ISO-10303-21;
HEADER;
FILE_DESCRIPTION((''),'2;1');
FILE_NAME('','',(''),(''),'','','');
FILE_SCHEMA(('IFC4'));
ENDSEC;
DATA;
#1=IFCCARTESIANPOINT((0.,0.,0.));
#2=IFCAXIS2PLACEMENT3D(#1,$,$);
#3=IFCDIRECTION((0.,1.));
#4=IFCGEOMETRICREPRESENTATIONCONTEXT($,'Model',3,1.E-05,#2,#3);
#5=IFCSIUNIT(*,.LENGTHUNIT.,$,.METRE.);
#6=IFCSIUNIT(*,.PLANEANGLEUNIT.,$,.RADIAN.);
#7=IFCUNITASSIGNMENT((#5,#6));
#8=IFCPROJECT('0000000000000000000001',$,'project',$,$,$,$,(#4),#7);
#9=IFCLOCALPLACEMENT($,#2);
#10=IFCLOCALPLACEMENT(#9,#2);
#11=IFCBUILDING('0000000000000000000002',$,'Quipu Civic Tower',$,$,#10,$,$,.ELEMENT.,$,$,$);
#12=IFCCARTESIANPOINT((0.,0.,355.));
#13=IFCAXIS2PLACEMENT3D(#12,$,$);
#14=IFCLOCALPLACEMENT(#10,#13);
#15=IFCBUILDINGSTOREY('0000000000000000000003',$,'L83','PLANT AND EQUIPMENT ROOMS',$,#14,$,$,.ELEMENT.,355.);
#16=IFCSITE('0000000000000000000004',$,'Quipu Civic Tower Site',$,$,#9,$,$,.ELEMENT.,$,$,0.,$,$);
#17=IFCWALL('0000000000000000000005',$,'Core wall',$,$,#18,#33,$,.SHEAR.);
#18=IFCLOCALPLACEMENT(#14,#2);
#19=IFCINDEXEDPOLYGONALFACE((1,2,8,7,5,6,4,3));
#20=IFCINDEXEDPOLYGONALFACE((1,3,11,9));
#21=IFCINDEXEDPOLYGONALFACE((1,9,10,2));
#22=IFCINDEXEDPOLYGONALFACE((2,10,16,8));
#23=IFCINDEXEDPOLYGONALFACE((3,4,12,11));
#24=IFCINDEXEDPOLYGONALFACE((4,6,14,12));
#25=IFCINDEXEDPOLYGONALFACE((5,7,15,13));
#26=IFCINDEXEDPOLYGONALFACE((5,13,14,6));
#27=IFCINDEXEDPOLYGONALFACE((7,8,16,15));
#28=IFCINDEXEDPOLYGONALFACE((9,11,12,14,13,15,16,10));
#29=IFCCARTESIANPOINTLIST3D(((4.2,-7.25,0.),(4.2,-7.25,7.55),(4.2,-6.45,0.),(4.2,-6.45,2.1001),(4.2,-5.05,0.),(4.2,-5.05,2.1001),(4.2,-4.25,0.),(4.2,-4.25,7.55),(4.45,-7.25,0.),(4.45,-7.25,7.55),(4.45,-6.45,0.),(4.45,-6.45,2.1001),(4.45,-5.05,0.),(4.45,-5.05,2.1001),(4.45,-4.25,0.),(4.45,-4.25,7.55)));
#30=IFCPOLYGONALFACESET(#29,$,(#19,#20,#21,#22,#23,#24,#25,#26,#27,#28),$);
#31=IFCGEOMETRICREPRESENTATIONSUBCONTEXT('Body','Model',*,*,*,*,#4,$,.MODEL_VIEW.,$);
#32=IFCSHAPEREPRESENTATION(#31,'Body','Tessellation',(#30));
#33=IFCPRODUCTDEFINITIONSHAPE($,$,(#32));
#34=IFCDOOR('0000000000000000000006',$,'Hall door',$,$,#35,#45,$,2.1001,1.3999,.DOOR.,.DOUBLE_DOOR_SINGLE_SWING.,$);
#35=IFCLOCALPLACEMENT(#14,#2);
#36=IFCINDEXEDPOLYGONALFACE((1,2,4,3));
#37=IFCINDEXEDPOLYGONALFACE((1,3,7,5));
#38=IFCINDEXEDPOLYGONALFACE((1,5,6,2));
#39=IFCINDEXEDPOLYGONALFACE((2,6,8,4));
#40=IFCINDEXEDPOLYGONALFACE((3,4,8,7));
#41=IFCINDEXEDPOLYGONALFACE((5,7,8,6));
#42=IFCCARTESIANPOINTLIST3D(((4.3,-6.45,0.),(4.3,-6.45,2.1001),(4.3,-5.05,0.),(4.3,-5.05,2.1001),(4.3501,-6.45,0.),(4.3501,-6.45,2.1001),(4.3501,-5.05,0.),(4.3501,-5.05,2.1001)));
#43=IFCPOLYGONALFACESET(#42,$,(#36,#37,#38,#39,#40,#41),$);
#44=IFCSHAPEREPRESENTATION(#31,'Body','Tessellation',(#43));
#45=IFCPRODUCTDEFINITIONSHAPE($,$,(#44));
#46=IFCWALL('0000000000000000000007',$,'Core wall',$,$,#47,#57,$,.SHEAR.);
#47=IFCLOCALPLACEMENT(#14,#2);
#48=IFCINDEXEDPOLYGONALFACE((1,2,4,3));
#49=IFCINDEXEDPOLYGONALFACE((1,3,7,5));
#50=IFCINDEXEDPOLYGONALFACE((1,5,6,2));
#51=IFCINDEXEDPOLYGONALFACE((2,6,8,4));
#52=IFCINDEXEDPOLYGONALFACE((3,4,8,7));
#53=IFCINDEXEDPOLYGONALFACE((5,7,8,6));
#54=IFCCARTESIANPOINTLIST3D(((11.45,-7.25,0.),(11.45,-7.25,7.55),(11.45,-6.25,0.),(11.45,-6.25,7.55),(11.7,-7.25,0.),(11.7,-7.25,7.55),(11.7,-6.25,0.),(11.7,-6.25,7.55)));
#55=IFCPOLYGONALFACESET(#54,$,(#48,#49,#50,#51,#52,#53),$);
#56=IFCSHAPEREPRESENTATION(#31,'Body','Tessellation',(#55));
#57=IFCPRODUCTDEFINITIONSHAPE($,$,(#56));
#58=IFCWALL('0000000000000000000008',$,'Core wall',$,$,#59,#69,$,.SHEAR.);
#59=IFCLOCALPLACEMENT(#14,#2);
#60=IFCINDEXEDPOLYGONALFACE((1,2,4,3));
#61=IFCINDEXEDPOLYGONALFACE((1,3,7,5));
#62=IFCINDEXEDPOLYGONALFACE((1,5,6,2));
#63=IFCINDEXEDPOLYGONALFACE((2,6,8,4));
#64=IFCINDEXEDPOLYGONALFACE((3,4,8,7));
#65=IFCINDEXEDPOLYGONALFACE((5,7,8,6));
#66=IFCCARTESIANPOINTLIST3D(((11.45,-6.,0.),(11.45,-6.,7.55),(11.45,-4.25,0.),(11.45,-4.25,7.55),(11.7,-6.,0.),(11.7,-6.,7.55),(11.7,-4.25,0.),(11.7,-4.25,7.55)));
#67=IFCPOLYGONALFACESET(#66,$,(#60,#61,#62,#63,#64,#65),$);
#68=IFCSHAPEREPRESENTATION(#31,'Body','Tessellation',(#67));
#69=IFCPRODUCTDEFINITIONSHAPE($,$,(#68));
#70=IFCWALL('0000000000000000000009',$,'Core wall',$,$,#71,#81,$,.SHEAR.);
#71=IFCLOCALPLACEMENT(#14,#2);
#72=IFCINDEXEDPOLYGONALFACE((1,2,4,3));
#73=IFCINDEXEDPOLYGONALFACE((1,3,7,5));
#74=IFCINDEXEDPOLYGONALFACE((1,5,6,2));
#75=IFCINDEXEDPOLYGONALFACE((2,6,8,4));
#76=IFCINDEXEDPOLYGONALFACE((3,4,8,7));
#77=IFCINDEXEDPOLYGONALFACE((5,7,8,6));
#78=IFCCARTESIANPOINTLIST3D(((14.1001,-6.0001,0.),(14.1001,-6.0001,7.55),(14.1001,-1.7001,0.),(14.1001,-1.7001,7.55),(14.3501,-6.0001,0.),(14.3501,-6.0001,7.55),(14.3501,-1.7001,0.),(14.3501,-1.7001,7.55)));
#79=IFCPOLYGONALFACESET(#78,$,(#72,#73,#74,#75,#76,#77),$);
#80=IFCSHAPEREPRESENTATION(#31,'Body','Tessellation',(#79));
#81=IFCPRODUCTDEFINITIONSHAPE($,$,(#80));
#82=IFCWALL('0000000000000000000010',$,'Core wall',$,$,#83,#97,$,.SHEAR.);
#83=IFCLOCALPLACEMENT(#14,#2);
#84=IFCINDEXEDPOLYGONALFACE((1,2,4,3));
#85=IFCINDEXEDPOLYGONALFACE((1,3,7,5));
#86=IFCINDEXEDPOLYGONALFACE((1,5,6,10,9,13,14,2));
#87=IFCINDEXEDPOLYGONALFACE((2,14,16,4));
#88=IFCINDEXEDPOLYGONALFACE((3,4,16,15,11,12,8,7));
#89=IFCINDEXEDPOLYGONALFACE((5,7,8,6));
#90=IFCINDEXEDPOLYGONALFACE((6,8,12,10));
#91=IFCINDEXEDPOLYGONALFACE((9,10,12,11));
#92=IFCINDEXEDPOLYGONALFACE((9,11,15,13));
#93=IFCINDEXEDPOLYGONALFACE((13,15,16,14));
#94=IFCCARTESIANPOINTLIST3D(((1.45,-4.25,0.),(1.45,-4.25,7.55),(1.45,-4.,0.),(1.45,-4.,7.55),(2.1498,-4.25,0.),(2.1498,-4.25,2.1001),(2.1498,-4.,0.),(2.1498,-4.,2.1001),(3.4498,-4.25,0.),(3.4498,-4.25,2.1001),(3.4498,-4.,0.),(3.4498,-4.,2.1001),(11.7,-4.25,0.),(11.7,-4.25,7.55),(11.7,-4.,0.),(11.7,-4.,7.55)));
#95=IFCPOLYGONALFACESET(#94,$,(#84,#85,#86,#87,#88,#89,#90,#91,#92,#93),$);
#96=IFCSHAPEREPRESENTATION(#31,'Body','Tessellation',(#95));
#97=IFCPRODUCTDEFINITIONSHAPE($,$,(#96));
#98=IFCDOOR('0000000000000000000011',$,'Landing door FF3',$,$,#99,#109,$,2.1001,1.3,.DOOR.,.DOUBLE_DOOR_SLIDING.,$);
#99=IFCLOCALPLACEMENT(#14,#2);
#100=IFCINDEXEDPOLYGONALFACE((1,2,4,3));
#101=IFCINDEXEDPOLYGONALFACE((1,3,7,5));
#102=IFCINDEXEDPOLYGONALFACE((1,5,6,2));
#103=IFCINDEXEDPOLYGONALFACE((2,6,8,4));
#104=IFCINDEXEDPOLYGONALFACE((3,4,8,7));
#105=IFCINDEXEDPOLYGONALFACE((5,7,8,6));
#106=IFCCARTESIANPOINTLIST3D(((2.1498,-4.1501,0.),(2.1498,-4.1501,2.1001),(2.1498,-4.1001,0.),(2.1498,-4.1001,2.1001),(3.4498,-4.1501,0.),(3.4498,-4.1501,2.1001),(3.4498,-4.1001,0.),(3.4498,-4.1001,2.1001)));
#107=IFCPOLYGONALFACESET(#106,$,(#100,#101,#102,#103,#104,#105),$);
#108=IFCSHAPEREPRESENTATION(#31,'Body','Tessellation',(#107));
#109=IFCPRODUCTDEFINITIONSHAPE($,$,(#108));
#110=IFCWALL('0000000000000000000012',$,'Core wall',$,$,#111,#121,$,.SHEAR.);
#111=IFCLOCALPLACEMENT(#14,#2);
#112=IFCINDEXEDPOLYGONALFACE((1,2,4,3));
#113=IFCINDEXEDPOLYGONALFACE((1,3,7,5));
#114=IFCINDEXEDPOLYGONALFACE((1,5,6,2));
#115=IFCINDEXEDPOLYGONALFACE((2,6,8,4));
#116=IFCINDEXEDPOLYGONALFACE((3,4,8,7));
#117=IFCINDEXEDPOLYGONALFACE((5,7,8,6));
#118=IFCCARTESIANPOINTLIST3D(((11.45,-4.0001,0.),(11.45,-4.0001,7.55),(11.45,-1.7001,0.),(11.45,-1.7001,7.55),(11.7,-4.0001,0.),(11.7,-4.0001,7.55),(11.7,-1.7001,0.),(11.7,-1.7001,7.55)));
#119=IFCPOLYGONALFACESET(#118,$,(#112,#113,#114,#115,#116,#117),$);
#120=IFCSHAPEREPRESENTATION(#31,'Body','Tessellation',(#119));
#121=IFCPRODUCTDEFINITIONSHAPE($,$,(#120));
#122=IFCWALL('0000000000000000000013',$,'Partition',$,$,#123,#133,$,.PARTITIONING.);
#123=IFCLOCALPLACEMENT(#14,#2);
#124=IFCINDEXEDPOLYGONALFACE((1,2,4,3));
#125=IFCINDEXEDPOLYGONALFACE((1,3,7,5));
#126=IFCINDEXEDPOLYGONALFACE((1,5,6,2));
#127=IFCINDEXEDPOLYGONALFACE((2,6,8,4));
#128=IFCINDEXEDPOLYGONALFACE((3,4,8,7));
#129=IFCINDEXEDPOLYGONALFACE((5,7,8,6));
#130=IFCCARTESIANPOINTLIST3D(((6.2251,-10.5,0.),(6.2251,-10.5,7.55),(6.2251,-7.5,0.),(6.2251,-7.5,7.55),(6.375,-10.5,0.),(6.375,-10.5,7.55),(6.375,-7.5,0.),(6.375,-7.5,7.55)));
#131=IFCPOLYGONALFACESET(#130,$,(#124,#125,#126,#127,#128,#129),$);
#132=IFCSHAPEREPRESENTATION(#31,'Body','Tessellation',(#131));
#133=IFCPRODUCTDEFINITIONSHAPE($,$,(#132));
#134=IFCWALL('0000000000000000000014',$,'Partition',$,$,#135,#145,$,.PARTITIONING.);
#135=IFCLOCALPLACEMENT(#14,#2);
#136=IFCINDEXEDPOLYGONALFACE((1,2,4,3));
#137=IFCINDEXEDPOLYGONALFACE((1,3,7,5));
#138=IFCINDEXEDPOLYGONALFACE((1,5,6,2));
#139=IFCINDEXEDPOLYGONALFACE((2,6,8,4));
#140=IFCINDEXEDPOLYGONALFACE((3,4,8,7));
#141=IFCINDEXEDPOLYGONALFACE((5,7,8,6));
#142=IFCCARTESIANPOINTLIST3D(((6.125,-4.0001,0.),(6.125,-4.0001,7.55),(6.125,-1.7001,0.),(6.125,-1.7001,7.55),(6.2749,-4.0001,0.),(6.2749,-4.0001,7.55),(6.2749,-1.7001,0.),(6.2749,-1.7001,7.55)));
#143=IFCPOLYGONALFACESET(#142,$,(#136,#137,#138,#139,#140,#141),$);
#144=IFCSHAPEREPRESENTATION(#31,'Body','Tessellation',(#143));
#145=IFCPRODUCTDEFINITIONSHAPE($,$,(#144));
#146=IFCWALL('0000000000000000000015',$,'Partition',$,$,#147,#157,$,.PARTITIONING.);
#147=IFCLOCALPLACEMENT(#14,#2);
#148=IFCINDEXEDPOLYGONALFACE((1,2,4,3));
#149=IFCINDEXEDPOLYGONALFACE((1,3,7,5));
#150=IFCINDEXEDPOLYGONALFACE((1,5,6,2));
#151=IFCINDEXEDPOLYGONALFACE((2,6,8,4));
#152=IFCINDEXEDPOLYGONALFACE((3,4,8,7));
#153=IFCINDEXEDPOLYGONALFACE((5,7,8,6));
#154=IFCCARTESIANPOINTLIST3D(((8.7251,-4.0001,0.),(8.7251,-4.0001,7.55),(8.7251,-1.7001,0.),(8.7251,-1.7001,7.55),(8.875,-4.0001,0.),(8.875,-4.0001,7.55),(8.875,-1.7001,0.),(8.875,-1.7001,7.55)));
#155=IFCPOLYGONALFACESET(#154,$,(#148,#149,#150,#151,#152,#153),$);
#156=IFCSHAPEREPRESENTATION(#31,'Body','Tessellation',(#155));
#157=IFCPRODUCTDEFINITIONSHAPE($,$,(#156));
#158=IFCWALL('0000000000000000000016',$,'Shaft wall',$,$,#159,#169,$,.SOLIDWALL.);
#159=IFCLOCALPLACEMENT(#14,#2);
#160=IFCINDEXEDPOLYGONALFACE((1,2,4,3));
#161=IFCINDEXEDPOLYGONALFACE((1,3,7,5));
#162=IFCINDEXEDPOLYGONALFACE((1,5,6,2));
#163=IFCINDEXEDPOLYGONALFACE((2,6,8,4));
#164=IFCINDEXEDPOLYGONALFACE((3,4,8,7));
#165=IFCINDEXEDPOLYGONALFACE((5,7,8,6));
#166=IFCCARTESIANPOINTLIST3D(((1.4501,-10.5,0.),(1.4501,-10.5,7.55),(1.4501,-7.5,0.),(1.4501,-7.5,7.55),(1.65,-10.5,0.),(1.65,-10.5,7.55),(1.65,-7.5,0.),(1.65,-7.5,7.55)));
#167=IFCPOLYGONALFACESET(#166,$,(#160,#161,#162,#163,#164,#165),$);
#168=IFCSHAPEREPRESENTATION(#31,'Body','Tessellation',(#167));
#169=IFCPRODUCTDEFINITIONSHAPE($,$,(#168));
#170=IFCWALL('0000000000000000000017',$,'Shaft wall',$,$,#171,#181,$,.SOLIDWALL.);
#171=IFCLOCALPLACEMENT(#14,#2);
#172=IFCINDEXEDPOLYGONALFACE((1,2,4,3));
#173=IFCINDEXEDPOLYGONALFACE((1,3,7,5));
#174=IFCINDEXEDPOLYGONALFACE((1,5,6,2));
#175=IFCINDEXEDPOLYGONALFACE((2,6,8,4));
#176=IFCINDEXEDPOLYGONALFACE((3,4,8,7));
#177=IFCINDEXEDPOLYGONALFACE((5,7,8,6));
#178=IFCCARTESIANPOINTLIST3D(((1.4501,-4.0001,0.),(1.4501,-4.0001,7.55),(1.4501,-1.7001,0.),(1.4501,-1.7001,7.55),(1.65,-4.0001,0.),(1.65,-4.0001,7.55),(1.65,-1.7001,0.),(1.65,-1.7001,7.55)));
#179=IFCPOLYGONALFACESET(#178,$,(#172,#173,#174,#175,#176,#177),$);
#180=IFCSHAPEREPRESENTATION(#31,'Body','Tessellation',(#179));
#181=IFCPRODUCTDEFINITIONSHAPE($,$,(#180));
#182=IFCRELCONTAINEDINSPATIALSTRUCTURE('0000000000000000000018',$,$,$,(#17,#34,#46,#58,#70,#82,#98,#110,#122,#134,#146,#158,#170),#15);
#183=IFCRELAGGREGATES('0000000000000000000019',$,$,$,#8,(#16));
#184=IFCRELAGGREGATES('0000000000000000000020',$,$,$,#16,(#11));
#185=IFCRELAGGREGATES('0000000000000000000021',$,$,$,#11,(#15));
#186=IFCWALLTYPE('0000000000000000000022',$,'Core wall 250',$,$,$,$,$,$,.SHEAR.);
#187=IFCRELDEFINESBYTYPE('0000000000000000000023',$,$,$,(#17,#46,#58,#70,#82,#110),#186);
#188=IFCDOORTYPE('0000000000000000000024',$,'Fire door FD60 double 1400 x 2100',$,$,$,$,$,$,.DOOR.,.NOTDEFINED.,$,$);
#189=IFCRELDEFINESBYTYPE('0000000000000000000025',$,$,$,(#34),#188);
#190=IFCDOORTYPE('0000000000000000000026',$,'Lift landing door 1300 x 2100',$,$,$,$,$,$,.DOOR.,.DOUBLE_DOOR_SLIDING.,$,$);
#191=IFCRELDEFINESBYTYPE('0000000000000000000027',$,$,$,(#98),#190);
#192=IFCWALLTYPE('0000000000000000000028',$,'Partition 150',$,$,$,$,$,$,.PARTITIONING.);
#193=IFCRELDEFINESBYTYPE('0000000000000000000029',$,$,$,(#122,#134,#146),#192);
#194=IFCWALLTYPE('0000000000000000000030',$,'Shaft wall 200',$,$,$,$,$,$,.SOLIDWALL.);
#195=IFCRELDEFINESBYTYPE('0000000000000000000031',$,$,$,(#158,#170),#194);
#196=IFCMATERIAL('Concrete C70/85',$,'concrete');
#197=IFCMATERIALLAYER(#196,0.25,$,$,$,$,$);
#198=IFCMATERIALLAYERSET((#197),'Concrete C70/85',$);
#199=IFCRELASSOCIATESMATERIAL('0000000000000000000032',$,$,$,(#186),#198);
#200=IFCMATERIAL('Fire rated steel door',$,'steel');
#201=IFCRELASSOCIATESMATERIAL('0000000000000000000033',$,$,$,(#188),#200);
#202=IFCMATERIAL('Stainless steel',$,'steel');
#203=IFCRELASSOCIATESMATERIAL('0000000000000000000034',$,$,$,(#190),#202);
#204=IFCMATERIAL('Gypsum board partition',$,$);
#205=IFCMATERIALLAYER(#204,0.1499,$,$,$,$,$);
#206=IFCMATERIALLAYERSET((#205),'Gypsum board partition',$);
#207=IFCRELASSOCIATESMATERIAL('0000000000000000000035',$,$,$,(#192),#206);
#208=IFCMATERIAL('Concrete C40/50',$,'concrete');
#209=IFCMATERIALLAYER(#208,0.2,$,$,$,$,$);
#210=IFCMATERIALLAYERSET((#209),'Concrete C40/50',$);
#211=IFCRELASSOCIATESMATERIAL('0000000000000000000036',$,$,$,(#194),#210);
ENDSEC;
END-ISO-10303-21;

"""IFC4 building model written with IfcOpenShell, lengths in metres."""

from ifc_helpers import new_model, si_unit, direction, frame, frame_2d, origin, place, context, subcontext, project, spatial, rectangle, extrude, material, layer, layer_set, type_object, element, fill, save


model = new_model("IFC4")

# Units and contexts
model_context = context("Model", 3, precision=1e-05, world=origin(), true_north=direction((0.0, 1.0)))
body_context = subcontext(model_context, "Body", "Model", "MODEL_VIEW")
ifc_project = project(units=[si_unit("LENGTHUNIT", "METRE"), si_unit("PLANEANGLEUNIT", "RADIAN")], contexts=[model_context])

# Site, building, storey
site_placement = place(None, origin())
site = spatial("IfcSite", under=ifc_project, at=site_placement, Name="Quipu Civic Tower Site", CompositionType="ELEMENT", RefElevation=0.0)
building_placement = place(site_placement, origin())
building = spatial("IfcBuilding", under=site, at=building_placement, Name="Quipu Civic Tower", CompositionType="ELEMENT")
storey_placement = place(building_placement, frame((0.0, 0.0, 355.0)))
storey = spatial("IfcBuildingStorey", under=building, at=storey_placement, Name="L83", Description="PLANT AND EQUIPMENT ROOMS", CompositionType="ELEMENT", Elevation=355.0)

# Shared definitions
ifc_material_1 = material(Name="Concrete C70/85", Category="concrete")
ifc_layer_1 = layer(ifc_material_1, 0.25)
ifc_layer_set_1 = layer_set([ifc_layer_1], Name="Concrete C70/85")
wall_type_1 = type_object("IfcWallType", Name="Core wall 250", PredefinedType="SHEAR", material=ifc_layer_set_1)

# Wall, opening, door
wall_1_placement = place(storey_placement, frame((4.325, -7.25, 0.0), z_axis=(0.0, 0.0, 1.0), x_axis=(0.0, 1.0, 0.0)))
wall_1 = element("IfcWall", 1, at=wall_1_placement, inside=storey, type_object=wall_type_1, Name="Core wall", PredefinedType="SHEAR", context=body_context, shape_type="SweptSolid", body=[
    extrude(rectangle(XDim=3.0, YDim=0.25, at=frame_2d((1.5, 0.0))), origin(), (0.0, 0.0, 1.0), 7.55),
])
opening_1_placement = place(wall_1_placement, frame((0.8, 0.0, 0.0)))
opening_1 = element("IfcOpeningElement", 2, at=opening_1_placement, cuts=wall_1, PredefinedType="OPENING", context=body_context, shape_type="SweptSolid", body=[
    extrude(rectangle(XDim=1.3999, YDim=2.1001, at=frame_2d((0.7, 1.05))), frame((0.0, 0.135, 0.0), z_axis=(0.0, -1.0, 0.0), x_axis=(1.0, 0.0, 0.0)), (0.0, 0.0, 1.0), 0.27),
])
ifc_material_2 = material(Name="Fire rated steel door", Category="steel")
door_type_1 = type_object("IfcDoorType", Name="Fire door FD60 double 1400 x 2100", OperationType="NOTDEFINED", PredefinedType="DOOR", material=ifc_material_2)
door_1_placement = place(opening_1_placement, origin())
door_1 = element("IfcDoor", 3, at=door_1_placement, inside=storey, type_object=door_type_1, Name="Hall door", OperationType="DOUBLE_DOOR_SINGLE_SWING", OverallHeight=2.1001, OverallWidth=1.3999, PredefinedType="DOOR", context=body_context, shape_type="SweptSolid", body=[
    extrude(rectangle(XDim=1.3999, YDim=2.1001, at=frame_2d((0.7, 1.05))), frame((0.0, 0.0249, 0.0), z_axis=(0.0, -1.0, 0.0), x_axis=(1.0, 0.0, 0.0)), (0.0, 0.0, 1.0), 0.05),
])
fill(opening_1, door_1)

# Walls
wall_2_placement = place(storey_placement, frame((11.575, -7.25, 0.0), z_axis=(0.0, 0.0, 1.0), x_axis=(0.0, 1.0, 0.0)))
element("IfcWall", 4, at=wall_2_placement, inside=storey, type_object=wall_type_1, Name="Core wall", PredefinedType="SHEAR", context=body_context, shape_type="SweptSolid", body=[
    extrude(rectangle(XDim=1.0, YDim=0.25, at=frame_2d((0.5, 0.0))), origin(), (0.0, 0.0, 1.0), 7.55),
])
wall_3_placement = place(storey_placement, frame((11.575, -6.0, 0.0), z_axis=(0.0, 0.0, 1.0), x_axis=(0.0, 1.0, 0.0)))
element("IfcWall", 5, at=wall_3_placement, inside=storey, type_object=wall_type_1, Name="Core wall", PredefinedType="SHEAR", context=body_context, shape_type="SweptSolid", body=[
    extrude(rectangle(XDim=1.75, YDim=0.25, at=frame_2d((0.875, 0.0))), origin(), (0.0, 0.0, 1.0), 7.55),
])
wall_4_placement = place(storey_placement, frame((14.2251, -6.0, 0.0), z_axis=(0.0, 0.0, 1.0), x_axis=(0.0, 1.0, 0.0)))
element("IfcWall", 6, at=wall_4_placement, inside=storey, type_object=wall_type_1, Name="Core wall", PredefinedType="SHEAR", context=body_context, shape_type="SweptSolid", body=[
    extrude(rectangle(XDim=4.3, YDim=0.25, at=frame_2d((2.1499, 0.0))), origin(), (0.0, 0.0, 1.0), 7.55),
])

# Wall, opening, door
wall_5_placement = place(storey_placement, frame((1.45, -4.125, 0.0), z_axis=(0.0, 0.0, 1.0), x_axis=(1.0, 0.0, 0.0)))
wall_5 = element("IfcWall", 7, at=wall_5_placement, inside=storey, type_object=wall_type_1, Name="Core wall", PredefinedType="SHEAR", context=body_context, shape_type="SweptSolid", body=[
    extrude(rectangle(XDim=10.25, YDim=0.25, at=frame_2d((5.125, 0.0))), origin(), (0.0, 0.0, 1.0), 7.55),
])
opening_2_placement = place(wall_5_placement, frame((0.7, 0.0, 0.0)))
opening_2 = element("IfcOpeningElement", 8, at=opening_2_placement, cuts=wall_5, PredefinedType="OPENING", context=body_context, shape_type="SweptSolid", body=[
    extrude(rectangle(XDim=1.3, YDim=2.1001, at=frame_2d((0.6499, 1.05))), frame((0.0, 0.135, 0.0), z_axis=(0.0, -1.0, 0.0), x_axis=(1.0, 0.0, 0.0)), (0.0, 0.0, 1.0), 0.27),
])
ifc_material_3 = material(Name="Stainless steel", Category="steel")
door_type_2 = type_object("IfcDoorType", Name="Lift landing door 1300 x 2100", OperationType="DOUBLE_DOOR_SLIDING", PredefinedType="DOOR", material=ifc_material_3)
door_2_placement = place(opening_2_placement, origin())
door_2 = element("IfcDoor", 9, at=door_2_placement, inside=storey, type_object=door_type_2, Name="Landing door FF3", OperationType="DOUBLE_DOOR_SLIDING", OverallHeight=2.1001, OverallWidth=1.3, PredefinedType="DOOR", context=body_context, shape_type="SweptSolid", body=[
    extrude(rectangle(XDim=1.3, YDim=2.1001, at=frame_2d((0.6499, 1.05))), frame((0.0, 0.0249, 0.0), z_axis=(0.0, -1.0, 0.0), x_axis=(1.0, 0.0, 0.0)), (0.0, 0.0, 1.0), 0.05),
])
fill(opening_2, door_2)

# Walls
wall_6_placement = place(storey_placement, frame((11.575, -4.0, 0.0), z_axis=(0.0, 0.0, 1.0), x_axis=(0.0, 1.0, 0.0)))
element("IfcWall", 10, at=wall_6_placement, inside=storey, type_object=wall_type_1, Name="Core wall", PredefinedType="SHEAR", context=body_context, shape_type="SweptSolid", body=[
    extrude(rectangle(XDim=2.3, YDim=0.25, at=frame_2d((1.1499, 0.0))), origin(), (0.0, 0.0, 1.0), 7.55),
])
ifc_material_4 = material(Name="Gypsum board partition")
ifc_layer_2 = layer(ifc_material_4, 0.1499)
ifc_layer_set_2 = layer_set([ifc_layer_2], Name="Gypsum board partition")
wall_type_2 = type_object("IfcWallType", Name="Partition 150", PredefinedType="PARTITIONING", material=ifc_layer_set_2)
wall_7_placement = place(storey_placement, frame((6.3, -10.5, 0.0), z_axis=(0.0, 0.0, 1.0), x_axis=(0.0, 1.0, 0.0)))
element("IfcWall", 11, at=wall_7_placement, inside=storey, type_object=wall_type_2, Name="Partition", PredefinedType="PARTITIONING", context=body_context, shape_type="SweptSolid", body=[
    extrude(rectangle(XDim=3.0, YDim=0.1499, at=frame_2d((1.5, 0.0))), origin(), (0.0, 0.0, 1.0), 7.55),
])
for number, where, z_axis, x_axis, name in (
    (12, (6.2, -4.0, 0.0), (0.0, 0.0, 1.0), (0.0, 1.0, 0.0), "Partition"),
    (13, (8.8, -4.0, 0.0), (0.0, 0.0, 1.0), (0.0, 1.0, 0.0), "Partition"),
):
    element("IfcWall", number, at=place(storey_placement, frame(where, z_axis=z_axis, x_axis=x_axis)), inside=storey, type_object=wall_type_2, Name=name, PredefinedType="PARTITIONING", context=body_context, shape_type="SweptSolid", body=[
        extrude(rectangle(XDim=2.3, YDim=0.1499, at=frame_2d((1.1499, 0.0))), origin(), (0.0, 0.0, 1.0), 7.55),
    ])
ifc_material_5 = material(Name="Concrete C40/50", Category="concrete")
ifc_layer_3 = layer(ifc_material_5, 0.2)
ifc_layer_set_3 = layer_set([ifc_layer_3], Name="Concrete C40/50")
wall_type_3 = type_object("IfcWallType", Name="Shaft wall 200", PredefinedType="SOLIDWALL", material=ifc_layer_set_3)
wall_8_placement = place(storey_placement, frame((1.55, -10.5, 0.0), z_axis=(0.0, 0.0, 1.0), x_axis=(0.0, 1.0, 0.0)))
element("IfcWall", 14, at=wall_8_placement, inside=storey, type_object=wall_type_3, Name="Shaft wall", PredefinedType="SOLIDWALL", context=body_context, shape_type="SweptSolid", body=[
    extrude(rectangle(XDim=3.0, YDim=0.2, at=frame_2d((1.5, 0.0))), origin(), (0.0, 0.0, 1.0), 7.55),
])
for number, where, z_axis, x_axis, name in (
    (15, (1.55, -4.0, 0.0), (0.0, 0.0, 1.0), (0.0, 1.0, 0.0), "Shaft wall"),
):
    element("IfcWall", number, at=place(storey_placement, frame(where, z_axis=z_axis, x_axis=x_axis)), inside=storey, type_object=wall_type_3, Name=name, PredefinedType="SOLIDWALL", context=body_context, shape_type="SweptSolid", body=[
        extrude(rectangle(XDim=2.3, YDim=0.2, at=frame_2d((1.1499, 0.0))), origin(), (0.0, 0.0, 1.0), 7.55),
    ])

save(model, "model.ifc")
